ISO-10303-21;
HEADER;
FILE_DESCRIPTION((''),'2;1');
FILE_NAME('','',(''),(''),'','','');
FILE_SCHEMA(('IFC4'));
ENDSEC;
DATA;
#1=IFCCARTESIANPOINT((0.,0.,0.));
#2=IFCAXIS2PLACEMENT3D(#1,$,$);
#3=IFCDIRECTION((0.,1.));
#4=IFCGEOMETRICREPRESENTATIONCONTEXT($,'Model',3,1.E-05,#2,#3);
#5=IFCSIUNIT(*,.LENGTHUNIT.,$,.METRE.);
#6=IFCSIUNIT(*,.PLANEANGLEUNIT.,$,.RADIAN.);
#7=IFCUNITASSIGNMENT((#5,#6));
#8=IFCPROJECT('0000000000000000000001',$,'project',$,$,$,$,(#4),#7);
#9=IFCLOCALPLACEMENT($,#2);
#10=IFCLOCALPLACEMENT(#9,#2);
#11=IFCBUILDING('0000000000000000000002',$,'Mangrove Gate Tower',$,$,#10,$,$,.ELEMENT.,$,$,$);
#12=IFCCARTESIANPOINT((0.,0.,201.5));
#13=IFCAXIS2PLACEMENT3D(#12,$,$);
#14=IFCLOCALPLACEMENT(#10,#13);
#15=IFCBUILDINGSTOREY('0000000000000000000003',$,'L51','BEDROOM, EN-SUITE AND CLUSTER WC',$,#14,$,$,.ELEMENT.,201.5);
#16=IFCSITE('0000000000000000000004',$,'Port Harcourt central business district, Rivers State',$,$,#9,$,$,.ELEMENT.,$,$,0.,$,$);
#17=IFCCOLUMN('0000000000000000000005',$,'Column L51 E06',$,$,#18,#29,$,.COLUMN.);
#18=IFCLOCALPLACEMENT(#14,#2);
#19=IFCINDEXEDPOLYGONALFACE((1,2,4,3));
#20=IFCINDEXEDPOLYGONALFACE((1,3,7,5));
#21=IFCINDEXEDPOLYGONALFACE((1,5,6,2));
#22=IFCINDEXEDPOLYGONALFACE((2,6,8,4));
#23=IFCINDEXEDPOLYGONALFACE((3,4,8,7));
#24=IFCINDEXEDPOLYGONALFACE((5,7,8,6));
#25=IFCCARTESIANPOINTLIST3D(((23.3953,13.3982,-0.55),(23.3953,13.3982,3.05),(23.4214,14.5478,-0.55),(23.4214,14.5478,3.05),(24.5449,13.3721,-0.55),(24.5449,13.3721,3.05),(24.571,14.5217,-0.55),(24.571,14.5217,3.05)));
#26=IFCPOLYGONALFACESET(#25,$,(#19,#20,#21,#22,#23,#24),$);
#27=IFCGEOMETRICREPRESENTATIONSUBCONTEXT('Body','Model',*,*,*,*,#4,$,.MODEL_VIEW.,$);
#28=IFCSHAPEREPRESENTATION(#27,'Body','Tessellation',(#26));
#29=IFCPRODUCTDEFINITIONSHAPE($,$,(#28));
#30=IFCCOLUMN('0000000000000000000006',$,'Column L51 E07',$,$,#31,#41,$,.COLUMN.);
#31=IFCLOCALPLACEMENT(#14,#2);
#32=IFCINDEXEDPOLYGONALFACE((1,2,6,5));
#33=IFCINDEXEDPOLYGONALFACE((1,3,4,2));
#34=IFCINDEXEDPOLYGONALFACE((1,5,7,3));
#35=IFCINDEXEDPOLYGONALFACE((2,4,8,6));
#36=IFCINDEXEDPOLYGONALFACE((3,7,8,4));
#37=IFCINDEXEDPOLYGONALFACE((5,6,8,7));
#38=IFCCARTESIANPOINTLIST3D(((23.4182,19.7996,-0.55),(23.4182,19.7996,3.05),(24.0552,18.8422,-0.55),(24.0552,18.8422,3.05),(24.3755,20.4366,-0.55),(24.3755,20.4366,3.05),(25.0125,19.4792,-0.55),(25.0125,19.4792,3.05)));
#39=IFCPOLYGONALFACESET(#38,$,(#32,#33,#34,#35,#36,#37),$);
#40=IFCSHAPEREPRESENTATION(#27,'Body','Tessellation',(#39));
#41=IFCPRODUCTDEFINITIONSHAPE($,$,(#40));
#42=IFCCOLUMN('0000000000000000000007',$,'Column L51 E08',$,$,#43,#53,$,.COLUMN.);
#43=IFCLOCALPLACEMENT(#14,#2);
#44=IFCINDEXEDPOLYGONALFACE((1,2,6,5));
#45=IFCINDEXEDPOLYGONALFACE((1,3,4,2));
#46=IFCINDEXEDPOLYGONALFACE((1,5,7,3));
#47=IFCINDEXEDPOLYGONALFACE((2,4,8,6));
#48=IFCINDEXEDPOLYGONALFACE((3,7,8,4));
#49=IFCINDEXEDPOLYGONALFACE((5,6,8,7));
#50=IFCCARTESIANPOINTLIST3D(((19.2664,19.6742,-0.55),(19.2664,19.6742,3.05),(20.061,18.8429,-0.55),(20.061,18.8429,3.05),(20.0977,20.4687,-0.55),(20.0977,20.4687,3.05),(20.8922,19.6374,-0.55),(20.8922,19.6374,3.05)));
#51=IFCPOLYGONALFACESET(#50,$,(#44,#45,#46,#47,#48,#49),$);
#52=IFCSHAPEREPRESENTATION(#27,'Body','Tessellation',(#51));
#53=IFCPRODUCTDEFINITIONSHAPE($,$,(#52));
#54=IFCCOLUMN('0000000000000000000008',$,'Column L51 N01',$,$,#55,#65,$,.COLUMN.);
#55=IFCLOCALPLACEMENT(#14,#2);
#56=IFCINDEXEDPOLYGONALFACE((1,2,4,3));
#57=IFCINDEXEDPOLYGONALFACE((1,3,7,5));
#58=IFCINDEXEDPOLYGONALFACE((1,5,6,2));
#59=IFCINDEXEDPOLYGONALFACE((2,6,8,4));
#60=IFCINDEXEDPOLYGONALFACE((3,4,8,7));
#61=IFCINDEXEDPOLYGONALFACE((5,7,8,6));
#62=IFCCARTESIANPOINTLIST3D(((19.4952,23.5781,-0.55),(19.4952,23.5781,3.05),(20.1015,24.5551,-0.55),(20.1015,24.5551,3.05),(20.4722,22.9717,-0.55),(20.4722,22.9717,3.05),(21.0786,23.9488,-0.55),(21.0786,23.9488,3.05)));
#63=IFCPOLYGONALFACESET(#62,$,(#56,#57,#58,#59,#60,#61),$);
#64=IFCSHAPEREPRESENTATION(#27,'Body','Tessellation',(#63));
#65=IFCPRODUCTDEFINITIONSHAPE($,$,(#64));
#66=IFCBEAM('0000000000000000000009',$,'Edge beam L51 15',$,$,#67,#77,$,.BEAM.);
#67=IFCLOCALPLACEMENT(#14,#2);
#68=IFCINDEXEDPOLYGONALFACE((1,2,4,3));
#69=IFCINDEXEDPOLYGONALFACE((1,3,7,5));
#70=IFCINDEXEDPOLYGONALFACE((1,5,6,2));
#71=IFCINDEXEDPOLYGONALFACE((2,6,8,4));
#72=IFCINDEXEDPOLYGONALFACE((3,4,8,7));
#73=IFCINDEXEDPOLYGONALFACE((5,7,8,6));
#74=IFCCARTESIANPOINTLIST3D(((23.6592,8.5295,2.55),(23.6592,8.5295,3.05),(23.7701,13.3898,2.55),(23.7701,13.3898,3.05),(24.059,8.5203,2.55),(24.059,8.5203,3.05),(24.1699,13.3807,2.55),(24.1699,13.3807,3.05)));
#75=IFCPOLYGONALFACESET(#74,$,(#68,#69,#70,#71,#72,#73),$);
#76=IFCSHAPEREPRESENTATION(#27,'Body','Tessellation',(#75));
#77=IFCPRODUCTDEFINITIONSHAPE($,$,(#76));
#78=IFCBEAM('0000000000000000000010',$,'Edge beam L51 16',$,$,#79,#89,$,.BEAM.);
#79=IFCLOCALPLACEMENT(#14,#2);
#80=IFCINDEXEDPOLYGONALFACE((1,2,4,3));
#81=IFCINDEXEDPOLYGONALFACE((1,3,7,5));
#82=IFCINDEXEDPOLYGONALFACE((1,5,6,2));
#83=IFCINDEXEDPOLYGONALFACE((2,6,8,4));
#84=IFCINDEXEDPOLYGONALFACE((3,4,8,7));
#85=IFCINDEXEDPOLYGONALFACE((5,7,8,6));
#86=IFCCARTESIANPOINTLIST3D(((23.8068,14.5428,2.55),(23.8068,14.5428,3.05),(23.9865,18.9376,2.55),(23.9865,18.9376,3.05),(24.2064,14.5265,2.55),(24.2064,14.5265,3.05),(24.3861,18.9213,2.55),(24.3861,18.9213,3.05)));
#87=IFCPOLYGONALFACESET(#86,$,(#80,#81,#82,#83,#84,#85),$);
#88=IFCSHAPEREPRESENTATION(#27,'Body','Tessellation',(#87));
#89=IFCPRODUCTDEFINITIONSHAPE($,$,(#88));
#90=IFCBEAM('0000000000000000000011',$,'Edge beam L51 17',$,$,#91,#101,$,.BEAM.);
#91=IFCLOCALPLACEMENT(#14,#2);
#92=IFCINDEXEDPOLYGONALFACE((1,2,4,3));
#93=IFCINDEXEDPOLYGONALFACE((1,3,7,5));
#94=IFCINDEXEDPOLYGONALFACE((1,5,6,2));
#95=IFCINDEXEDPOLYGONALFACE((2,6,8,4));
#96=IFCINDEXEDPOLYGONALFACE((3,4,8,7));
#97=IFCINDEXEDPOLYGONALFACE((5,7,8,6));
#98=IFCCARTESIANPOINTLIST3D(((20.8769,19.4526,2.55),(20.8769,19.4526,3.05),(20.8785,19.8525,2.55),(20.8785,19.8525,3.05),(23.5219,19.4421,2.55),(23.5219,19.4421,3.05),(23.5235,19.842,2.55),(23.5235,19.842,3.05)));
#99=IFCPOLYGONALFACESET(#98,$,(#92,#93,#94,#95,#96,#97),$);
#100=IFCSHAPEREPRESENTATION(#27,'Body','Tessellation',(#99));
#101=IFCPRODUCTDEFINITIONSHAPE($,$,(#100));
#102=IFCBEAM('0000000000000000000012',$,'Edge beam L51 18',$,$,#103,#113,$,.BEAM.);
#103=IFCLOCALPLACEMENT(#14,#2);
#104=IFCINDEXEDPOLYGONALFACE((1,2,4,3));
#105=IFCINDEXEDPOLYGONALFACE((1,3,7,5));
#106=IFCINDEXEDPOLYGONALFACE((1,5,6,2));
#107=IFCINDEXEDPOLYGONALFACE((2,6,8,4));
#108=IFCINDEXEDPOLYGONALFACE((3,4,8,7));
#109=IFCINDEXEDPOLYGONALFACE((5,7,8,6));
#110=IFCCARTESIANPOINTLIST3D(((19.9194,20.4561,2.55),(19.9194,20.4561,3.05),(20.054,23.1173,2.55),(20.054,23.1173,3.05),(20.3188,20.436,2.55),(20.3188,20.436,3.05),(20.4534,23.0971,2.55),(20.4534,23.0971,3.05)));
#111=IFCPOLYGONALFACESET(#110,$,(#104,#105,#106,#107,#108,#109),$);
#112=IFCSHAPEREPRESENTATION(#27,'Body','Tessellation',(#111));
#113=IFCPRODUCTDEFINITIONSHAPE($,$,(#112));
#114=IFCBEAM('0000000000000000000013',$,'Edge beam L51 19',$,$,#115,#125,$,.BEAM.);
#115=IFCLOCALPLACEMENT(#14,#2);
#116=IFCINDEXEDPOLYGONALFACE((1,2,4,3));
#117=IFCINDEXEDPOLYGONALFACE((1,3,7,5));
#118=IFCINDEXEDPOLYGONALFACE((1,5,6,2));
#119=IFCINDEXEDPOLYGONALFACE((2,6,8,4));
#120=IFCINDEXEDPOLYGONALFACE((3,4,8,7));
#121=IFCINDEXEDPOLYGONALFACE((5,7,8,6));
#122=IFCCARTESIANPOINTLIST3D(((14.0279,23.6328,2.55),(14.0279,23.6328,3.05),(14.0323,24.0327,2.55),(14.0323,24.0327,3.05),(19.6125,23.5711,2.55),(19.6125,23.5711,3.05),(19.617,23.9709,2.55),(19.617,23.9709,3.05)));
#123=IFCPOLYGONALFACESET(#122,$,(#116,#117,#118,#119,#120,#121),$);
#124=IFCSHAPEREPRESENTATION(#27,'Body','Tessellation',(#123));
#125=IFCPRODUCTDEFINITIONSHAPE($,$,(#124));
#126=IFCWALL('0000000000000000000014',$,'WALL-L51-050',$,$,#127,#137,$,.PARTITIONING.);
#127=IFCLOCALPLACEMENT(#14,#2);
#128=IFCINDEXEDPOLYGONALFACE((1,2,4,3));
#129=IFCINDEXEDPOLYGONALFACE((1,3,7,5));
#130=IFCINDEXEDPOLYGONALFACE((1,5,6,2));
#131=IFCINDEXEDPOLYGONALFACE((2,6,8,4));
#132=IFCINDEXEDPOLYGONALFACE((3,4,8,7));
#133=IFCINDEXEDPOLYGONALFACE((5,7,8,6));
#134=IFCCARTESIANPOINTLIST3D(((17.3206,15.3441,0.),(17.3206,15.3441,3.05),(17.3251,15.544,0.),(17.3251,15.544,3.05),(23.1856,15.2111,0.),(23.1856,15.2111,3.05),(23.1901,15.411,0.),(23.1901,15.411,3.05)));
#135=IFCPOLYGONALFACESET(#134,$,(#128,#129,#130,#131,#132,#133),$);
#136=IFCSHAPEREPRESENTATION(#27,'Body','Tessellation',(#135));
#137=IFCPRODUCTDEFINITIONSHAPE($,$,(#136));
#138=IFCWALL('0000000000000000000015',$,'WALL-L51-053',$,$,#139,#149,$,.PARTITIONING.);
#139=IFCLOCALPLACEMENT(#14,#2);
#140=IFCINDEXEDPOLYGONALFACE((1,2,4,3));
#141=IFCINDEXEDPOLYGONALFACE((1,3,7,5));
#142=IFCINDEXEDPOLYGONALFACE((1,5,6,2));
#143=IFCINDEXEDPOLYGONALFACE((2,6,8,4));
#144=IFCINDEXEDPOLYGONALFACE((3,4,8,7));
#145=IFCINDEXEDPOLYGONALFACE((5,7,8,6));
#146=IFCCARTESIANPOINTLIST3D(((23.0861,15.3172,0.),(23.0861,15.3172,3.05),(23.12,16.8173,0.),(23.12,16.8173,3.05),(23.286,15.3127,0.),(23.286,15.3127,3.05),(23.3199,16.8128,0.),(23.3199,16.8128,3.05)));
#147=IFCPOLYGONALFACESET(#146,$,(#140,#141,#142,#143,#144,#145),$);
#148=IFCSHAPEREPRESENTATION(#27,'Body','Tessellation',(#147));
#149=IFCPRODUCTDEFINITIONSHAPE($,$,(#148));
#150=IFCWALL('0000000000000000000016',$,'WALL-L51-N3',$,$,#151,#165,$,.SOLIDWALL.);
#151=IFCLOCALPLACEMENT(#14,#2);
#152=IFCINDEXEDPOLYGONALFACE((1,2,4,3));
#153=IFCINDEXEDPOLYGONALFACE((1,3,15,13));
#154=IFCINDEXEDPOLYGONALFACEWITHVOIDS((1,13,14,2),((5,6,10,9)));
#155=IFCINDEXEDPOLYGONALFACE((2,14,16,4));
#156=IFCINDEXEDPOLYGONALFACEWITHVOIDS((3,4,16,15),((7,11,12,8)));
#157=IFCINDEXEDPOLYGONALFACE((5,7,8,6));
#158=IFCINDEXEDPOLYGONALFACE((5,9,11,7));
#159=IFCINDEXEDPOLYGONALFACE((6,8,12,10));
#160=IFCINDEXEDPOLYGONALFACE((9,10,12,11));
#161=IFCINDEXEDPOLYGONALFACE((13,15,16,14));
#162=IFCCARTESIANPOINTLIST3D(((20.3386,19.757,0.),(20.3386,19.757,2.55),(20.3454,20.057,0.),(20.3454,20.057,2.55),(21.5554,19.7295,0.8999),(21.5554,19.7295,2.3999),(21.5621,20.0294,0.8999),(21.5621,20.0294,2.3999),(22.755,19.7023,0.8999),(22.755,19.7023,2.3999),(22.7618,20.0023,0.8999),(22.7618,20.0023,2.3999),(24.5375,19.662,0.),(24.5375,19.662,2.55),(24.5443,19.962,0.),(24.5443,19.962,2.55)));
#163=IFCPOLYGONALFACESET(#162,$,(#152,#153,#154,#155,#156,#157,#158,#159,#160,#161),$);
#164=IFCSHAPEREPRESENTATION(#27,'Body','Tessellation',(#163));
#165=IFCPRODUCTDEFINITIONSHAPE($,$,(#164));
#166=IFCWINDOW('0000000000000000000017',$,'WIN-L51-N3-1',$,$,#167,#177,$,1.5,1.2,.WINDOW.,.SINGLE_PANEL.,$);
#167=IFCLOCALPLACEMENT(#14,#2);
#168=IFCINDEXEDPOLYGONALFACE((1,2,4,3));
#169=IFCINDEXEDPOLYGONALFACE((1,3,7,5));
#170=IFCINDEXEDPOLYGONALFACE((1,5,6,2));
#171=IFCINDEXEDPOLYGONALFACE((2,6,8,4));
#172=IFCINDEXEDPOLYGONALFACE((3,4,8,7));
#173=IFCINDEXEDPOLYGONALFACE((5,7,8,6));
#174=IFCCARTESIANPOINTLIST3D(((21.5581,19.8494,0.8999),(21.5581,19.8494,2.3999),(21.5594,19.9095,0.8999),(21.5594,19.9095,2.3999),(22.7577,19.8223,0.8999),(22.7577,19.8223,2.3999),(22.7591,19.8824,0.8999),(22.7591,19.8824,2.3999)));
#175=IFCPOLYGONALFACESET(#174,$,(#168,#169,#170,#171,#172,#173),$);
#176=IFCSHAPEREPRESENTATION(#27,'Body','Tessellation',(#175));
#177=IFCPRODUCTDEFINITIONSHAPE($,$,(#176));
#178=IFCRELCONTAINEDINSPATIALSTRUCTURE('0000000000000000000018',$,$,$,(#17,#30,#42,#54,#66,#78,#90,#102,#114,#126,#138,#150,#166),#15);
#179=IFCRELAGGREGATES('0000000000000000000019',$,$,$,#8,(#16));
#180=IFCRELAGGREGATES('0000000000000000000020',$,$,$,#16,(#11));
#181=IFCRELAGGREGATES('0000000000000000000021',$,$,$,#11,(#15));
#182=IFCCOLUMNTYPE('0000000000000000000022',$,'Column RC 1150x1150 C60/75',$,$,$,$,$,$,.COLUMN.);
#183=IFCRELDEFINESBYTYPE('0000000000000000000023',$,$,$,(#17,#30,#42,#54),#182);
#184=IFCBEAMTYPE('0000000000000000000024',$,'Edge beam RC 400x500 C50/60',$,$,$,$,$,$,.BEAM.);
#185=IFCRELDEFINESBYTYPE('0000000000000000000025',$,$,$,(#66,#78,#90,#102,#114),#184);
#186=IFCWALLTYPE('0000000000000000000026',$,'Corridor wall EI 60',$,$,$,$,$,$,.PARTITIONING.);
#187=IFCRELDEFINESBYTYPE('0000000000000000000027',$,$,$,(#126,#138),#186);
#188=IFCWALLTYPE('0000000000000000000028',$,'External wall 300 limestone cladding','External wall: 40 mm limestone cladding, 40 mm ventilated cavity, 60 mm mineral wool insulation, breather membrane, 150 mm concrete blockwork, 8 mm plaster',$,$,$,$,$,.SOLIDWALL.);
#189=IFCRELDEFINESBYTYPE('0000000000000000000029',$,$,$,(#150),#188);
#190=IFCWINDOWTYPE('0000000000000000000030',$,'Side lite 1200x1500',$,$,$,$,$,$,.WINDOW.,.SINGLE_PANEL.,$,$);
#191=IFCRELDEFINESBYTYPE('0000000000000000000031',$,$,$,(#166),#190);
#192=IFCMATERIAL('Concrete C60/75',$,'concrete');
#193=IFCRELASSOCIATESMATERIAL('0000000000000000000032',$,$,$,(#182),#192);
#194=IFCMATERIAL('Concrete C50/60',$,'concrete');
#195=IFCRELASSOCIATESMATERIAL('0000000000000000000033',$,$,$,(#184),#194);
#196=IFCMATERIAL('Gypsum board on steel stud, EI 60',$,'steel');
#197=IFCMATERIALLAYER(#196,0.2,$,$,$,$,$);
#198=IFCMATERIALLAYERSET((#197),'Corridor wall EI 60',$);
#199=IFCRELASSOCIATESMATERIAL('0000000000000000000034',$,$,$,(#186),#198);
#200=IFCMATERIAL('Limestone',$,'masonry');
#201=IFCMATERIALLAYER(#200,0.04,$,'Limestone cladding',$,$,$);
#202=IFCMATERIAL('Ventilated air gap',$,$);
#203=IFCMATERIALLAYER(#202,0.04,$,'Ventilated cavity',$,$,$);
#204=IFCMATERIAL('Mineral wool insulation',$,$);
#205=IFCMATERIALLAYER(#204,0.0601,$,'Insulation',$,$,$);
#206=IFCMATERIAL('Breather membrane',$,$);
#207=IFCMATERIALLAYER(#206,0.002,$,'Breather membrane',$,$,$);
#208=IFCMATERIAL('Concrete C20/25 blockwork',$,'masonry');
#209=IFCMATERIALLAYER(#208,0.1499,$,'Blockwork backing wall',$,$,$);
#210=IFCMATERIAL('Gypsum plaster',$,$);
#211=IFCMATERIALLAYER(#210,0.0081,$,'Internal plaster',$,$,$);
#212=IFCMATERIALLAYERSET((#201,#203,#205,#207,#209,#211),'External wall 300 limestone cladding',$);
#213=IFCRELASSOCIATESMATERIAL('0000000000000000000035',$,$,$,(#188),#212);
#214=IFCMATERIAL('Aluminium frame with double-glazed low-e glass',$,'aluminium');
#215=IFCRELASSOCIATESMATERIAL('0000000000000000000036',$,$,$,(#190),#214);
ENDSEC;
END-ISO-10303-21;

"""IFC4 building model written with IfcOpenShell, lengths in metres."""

from ifc_helpers import new_model, si_unit, direction, frame, frame_2d, origin, origin_2d, place, context, subcontext, project, spatial, rectangle, extrude, material, layer, layer_set, material_profile, profile_set, type_object, element, fill, save


model = new_model("IFC4")

# Units and contexts
model_context = context("Model", 3, precision=1e-05, world=origin(), true_north=direction((0.0, 1.0)))
body_context = subcontext(model_context, "Body", "Model", "MODEL_VIEW")
ifc_project = project(units=[si_unit("LENGTHUNIT", "METRE"), si_unit("PLANEANGLEUNIT", "RADIAN")], contexts=[model_context])

# Site, building, storey
site_placement = place(None, origin())
site = spatial("IfcSite", under=ifc_project, at=site_placement, Name="Port Harcourt central business district, Rivers State", CompositionType="ELEMENT", RefElevation=0.0)
building_placement = place(site_placement, origin())
building = spatial("IfcBuilding", under=site, at=building_placement, Name="Mangrove Gate Tower", CompositionType="ELEMENT")
storey_placement = place(building_placement, frame((0.0, 0.0, 201.5)))
storey = spatial("IfcBuildingStorey", under=building, at=storey_placement, Name="L51", Description="BEDROOM, EN-SUITE AND CLUSTER WC", CompositionType="ELEMENT", Elevation=201.5)

# Columns
ifc_material_1 = material(Name="Concrete C60/75", Category="concrete")
ifc_material_profile_1 = material_profile(ifc_material_1, rectangle(XDim=1.1499, YDim=1.1499, at=origin_2d()))
ifc_profile_set_1 = profile_set([ifc_material_profile_1], Name="Concrete C60/75")
column_type = type_object("IfcColumnType", Name="Column RC 1150x1150 C60/75", PredefinedType="COLUMN", material=ifc_profile_set_1)
for number, where, z_axis, x_axis, name in (
    (1, (23.9832, 13.96, -0.55), (0.0, 0.0, 1.0), (0.022704, 0.999742, 0.0), "Column L51 E06"),
    (2, (24.2153, 19.6394, -0.55), (0.0, 0.0, 1.0), (-0.553976, 0.832532, 0.0), "Column L51 E07"),
    (3, (20.0793, 19.6558, -0.55), (0.0, 0.0, 1.0), (-0.690932, 0.72292, 0.0), "Column L51 E08"),
    (4, (20.2869, 23.7634, -0.55), (0.0, 0.0, 1.0), (-0.849672, 0.527312, 0.0), "Column L51 N01"),
):
    element("IfcColumn", number, at=place(storey_placement, frame(where, z_axis=z_axis, x_axis=x_axis)), inside=storey, type_object=column_type, Name=name, PredefinedType="COLUMN", context=body_context, shape_type="SweptSolid", body=[
        extrude(rectangle(XDim=1.1499, YDim=1.1499, at=origin_2d()), origin(), (0.0, 0.0, 1.0), 3.6001),
    ])

# Beams
ifc_material_2 = material(Name="Concrete C50/60", Category="concrete")
ifc_material_profile_2 = material_profile(ifc_material_2, rectangle(XDim=0.3999, YDim=0.5, at=origin_2d()))
ifc_profile_set_2 = profile_set([ifc_material_profile_2], Name="Concrete C50/60")
beam_type = type_object("IfcBeamType", Name="Edge beam RC 400x500 C50/60", PredefinedType="BEAM", material=ifc_profile_set_2)
beam_1_placement = place(storey_placement, frame((23.8591, 8.5249, 2.8), z_axis=(0.022799, 0.99974, 0.0), x_axis=(-0.99974, 0.022799, 0.0)))
element("IfcBeam", 5, at=beam_1_placement, inside=storey, type_object=beam_type, Name="Edge beam L51 15", PredefinedType="BEAM", context=body_context, shape_type="SweptSolid", body=[
    extrude(rectangle(XDim=0.3999, YDim=0.5, at=origin_2d()), origin(), (0.0, 0.0, 1.0), 4.8616),
])
beam_2_placement = place(storey_placement, frame((24.0066, 14.5347, 2.8), z_axis=(0.040852, 0.999165, 0.0), x_axis=(-0.999165, 0.040852, 0.0)))
element("IfcBeam", 6, at=beam_2_placement, inside=storey, type_object=beam_type, Name="Edge beam L51 16", PredefinedType="BEAM", context=body_context, shape_type="SweptSolid", body=[
    extrude(rectangle(XDim=0.3999, YDim=0.5, at=origin_2d()), origin(), (0.0, 0.0, 1.0), 4.3984),
])
beam_3_placement = place(storey_placement, frame((23.5227, 19.6421, 2.8), z_axis=(-0.999992, 0.003969, 0.0), x_axis=(-0.003969, -0.999992, 0.0)))
element("IfcBeam", 7, at=beam_3_placement, inside=storey, type_object=beam_type, Name="Edge beam L51 17", PredefinedType="BEAM", context=body_context, shape_type="SweptSolid", body=[
    extrude(rectangle(XDim=0.3999, YDim=0.5, at=origin_2d()), origin(), (0.0, 0.0, 1.0), 2.645),
])
beam_4_placement = place(storey_placement, frame((20.1191, 20.446, 2.8), z_axis=(0.050486, 0.998725, 0.0), x_axis=(-0.998725, 0.050486, 0.0)))
element("IfcBeam", 8, at=beam_4_placement, inside=storey, type_object=beam_type, Name="Edge beam L51 18", PredefinedType="BEAM", context=body_context, shape_type="SweptSolid", body=[
    extrude(rectangle(XDim=0.3999, YDim=0.5, at=origin_2d()), origin(), (0.0, 0.0, 1.0), 2.6646),
])
beam_5_placement = place(storey_placement, frame((19.6147, 23.771, 2.8), z_axis=(-0.999939, 0.011059, 0.0), x_axis=(-0.011059, -0.999939, 0.0)))
element("IfcBeam", 9, at=beam_5_placement, inside=storey, type_object=beam_type, Name="Edge beam L51 19", PredefinedType="BEAM", context=body_context, shape_type="SweptSolid", body=[
    extrude(rectangle(XDim=0.3999, YDim=0.5, at=origin_2d()), origin(), (0.0, 0.0, 1.0), 5.585),
])

# Walls
ifc_material_3 = material(Name="Gypsum board on steel stud, EI 60", Category="steel")
ifc_layer_1 = layer(ifc_material_3, 0.2)
ifc_layer_set_1 = layer_set([ifc_layer_1], Name="Corridor wall EI 60")
wall_type_1 = type_object("IfcWallType", Name="Corridor wall EI 60", PredefinedType="PARTITIONING", material=ifc_layer_set_1)
wall_1_placement = place(storey_placement, frame((17.323, 15.4441, 0.0), z_axis=(0.0, 0.0, 1.0), x_axis=(0.999743, -0.022681, 0.0)))
element("IfcWall", 10, at=wall_1_placement, inside=storey, type_object=wall_type_1, Name="WALL-L51-050", PredefinedType="PARTITIONING", context=body_context, shape_type="SweptSolid", body=[
    extrude(rectangle(XDim=5.8665, YDim=0.2, at=frame_2d((2.9331, 0.0))), origin(), (0.0, 0.0, 1.0), 3.05),
])
wall_2_placement = place(storey_placement, frame((23.186, 15.3149, 0.0), z_axis=(0.0, 0.0, 1.0), x_axis=(0.022618, 0.999744, 0.0)))
element("IfcWall", 11, at=wall_2_placement, inside=storey, type_object=wall_type_1, Name="WALL-L51-053", PredefinedType="PARTITIONING", context=body_context, shape_type="SweptSolid", body=[
    extrude(rectangle(XDim=1.5005, YDim=0.2, at=frame_2d((0.7502, 0.0))), origin(), (0.0, 0.0, 1.0), 3.05),
])

# Wall, opening, window
ifc_material_4 = material(Name="Limestone", Category="masonry")
ifc_layer_2 = layer(ifc_material_4, 0.04, Name="Limestone cladding")
ifc_material_5 = material(Name="Ventilated air gap")
ifc_layer_3 = layer(ifc_material_5, 0.04, Name="Ventilated cavity")
ifc_material_6 = material(Name="Mineral wool insulation")
ifc_layer_4 = layer(ifc_material_6, 0.0601, Name="Insulation")
ifc_material_7 = material(Name="Breather membrane")
ifc_layer_5 = layer(ifc_material_7, 0.002, Name="Breather membrane")
ifc_material_8 = material(Name="Concrete C20/25 blockwork", Category="masonry")
ifc_layer_6 = layer(ifc_material_8, 0.1499, Name="Blockwork backing wall")
ifc_material_9 = material(Name="Gypsum plaster")
ifc_layer_7 = layer(ifc_material_9, 0.0081, Name="Internal plaster")
ifc_layer_set_2 = layer_set([ifc_layer_2, ifc_layer_3, ifc_layer_4, ifc_layer_5, ifc_layer_6, ifc_layer_7], Name="External wall 300 limestone cladding")
wall_type_2 = type_object("IfcWallType", Name="External wall 300 limestone cladding", Description="External wall: 40 mm limestone cladding, 40 mm ventilated cavity, 60 mm mineral wool insulation, breather membrane, 150 mm concrete blockwork, 8 mm plaster", PredefinedType="SOLIDWALL", material=ifc_layer_set_2)
wall_3_placement = place(storey_placement, frame((24.541, 19.812, 0.0), z_axis=(0.0, 0.0, 1.0), x_axis=(-0.999744, 0.022612, 0.0)))
wall_3 = element("IfcWall", 12, at=wall_3_placement, inside=storey, type_object=wall_type_2, Name="WALL-L51-N3", PredefinedType="SOLIDWALL", context=body_context, shape_type="SweptSolid", body=[
    extrude(rectangle(XDim=4.2, YDim=0.3, at=frame_2d((2.1001, 0.0))), origin(), (0.0, 0.0, 1.0), 2.55),
])
opening_1_placement = place(wall_3_placement, frame((1.783, 0.0, 0.8999)))
opening_1 = element("IfcOpeningElement", 13, at=opening_1_placement, cuts=wall_3, PredefinedType="OPENING", context=body_context, shape_type="SweptSolid", body=[
    extrude(rectangle(XDim=1.2, YDim=1.5, at=frame_2d((0.6001, 0.75))), frame((0.0, 0.1599, 0.0), z_axis=(0.0, -1.0, 0.0), x_axis=(1.0, 0.0, 0.0)), (0.0, 0.0, 1.0), 0.3201),
])
ifc_material_10 = material(Name="Aluminium frame with double-glazed low-e glass", Category="aluminium")
window_type_1 = type_object("IfcWindowType", Name="Side lite 1200x1500", PartitioningType="SINGLE_PANEL", PredefinedType="WINDOW", material=ifc_material_10)
window_1_placement = place(opening_1_placement, origin())
window_1 = element("IfcWindow", 14, at=window_1_placement, inside=storey, type_object=window_type_1, Name="WIN-L51-N3-1", OverallHeight=1.5, OverallWidth=1.2, PartitioningType="SINGLE_PANEL", PredefinedType="WINDOW", context=body_context, shape_type="SweptSolid", body=[
    extrude(rectangle(XDim=1.2, YDim=1.5, at=frame_2d((0.6001, 0.75))), frame((0.0, 0.03, 0.0), z_axis=(0.0, -1.0, 0.0), x_axis=(1.0, 0.0, 0.0)), (0.0, 0.0, 1.0), 0.0601),
])
fill(opening_1, window_1)

save(model, "model.ifc")
